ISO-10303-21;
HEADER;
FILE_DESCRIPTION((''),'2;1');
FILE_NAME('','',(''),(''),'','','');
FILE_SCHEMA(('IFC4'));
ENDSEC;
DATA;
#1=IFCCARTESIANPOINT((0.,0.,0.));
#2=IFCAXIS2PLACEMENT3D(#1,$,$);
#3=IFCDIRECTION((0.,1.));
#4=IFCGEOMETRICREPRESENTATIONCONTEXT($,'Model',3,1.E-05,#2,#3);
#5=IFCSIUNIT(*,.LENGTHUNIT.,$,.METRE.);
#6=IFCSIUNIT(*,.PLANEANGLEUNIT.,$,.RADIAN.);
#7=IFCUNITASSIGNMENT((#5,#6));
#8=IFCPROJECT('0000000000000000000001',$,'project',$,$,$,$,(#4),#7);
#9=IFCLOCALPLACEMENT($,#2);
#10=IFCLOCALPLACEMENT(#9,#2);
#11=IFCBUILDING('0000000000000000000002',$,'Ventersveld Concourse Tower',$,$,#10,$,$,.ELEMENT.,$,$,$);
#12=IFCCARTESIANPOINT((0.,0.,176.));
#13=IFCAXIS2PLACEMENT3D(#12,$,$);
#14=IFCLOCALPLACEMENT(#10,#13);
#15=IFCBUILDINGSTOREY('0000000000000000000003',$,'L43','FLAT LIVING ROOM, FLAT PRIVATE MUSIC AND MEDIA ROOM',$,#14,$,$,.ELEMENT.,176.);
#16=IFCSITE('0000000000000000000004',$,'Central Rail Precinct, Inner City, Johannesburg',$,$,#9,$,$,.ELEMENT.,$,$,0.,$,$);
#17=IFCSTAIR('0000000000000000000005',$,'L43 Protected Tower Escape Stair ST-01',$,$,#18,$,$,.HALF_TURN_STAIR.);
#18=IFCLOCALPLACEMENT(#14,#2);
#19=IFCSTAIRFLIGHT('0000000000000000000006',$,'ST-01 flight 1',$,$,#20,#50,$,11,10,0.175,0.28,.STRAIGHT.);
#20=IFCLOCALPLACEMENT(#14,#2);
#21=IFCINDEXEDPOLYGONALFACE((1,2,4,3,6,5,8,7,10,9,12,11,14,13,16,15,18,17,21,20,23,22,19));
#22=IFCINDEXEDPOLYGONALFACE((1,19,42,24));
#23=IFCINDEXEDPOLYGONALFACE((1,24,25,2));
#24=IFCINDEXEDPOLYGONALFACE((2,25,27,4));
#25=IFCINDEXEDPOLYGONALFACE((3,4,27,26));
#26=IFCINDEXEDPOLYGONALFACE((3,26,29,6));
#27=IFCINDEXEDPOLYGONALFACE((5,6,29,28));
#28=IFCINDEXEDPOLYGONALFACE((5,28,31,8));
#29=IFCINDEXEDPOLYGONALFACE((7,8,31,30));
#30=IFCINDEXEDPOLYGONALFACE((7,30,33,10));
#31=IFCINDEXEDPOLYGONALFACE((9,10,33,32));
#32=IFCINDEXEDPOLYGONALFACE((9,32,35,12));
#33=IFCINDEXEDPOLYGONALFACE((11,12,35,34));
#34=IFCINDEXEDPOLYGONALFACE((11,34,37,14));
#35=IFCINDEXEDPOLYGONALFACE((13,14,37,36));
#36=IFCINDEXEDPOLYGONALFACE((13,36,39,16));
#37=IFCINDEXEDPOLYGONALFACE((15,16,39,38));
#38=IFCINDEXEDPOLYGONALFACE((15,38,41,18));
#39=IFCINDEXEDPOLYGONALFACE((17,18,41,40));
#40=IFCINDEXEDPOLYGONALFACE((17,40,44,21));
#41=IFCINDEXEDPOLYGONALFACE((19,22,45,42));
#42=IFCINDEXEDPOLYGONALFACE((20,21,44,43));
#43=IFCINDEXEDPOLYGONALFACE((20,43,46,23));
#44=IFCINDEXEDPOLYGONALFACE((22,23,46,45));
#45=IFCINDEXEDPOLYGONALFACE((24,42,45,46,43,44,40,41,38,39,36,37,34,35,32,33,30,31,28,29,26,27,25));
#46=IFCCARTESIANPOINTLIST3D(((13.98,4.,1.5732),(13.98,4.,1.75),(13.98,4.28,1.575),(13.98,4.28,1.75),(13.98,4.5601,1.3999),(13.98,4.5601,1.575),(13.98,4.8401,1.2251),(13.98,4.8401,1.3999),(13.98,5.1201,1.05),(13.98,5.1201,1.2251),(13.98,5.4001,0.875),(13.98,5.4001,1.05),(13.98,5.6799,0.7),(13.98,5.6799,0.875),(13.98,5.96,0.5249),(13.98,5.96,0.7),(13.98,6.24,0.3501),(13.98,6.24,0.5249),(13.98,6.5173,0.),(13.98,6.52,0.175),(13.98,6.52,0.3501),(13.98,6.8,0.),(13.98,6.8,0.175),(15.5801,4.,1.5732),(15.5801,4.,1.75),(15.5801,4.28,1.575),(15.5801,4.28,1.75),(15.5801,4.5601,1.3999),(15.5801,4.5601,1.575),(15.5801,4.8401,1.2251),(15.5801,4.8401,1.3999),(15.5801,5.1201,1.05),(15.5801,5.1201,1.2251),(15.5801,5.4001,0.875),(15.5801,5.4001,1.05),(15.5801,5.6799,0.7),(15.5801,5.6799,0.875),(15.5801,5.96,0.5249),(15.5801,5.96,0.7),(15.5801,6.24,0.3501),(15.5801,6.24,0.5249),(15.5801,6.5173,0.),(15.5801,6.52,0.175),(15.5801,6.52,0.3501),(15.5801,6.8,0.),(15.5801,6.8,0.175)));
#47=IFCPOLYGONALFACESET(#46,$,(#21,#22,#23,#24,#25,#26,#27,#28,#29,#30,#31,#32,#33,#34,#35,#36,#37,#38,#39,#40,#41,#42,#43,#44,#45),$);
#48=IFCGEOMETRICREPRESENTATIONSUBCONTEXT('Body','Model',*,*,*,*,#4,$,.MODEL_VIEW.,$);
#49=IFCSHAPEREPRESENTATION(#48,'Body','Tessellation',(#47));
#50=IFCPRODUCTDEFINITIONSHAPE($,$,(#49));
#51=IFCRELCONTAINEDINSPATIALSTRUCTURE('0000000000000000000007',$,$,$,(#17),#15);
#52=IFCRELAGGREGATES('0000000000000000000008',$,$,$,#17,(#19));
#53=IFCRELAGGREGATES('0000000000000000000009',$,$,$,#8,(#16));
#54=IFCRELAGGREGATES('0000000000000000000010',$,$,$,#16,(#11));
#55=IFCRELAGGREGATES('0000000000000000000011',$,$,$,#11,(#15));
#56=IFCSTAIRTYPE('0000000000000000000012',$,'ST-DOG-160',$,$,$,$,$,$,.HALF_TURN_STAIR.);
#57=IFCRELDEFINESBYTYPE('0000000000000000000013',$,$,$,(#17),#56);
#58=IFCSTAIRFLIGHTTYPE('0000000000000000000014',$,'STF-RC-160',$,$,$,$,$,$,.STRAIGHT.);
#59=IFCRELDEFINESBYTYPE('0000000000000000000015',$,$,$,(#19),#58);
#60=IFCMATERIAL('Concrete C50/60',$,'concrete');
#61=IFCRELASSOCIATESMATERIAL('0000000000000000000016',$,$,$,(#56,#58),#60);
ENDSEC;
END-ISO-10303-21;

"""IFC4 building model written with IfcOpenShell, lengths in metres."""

from ifc_helpers import new_model, si_unit, direction, frame, origin, place, context, subcontext, project, spatial, polyline, outline, extrude, material, type_object, element, aggregate, save


model = new_model("IFC4")

# Units and contexts
model_context = context("Model", 3, precision=1e-05, world=origin(), true_north=direction((0.0, 1.0)))
body_context = subcontext(model_context, "Body", "Model", "MODEL_VIEW")
ifc_project = project(units=[si_unit("LENGTHUNIT", "METRE"), si_unit("PLANEANGLEUNIT", "RADIAN")], contexts=[model_context])

# Site, building, storey
site_placement = place(None, origin())
site = spatial("IfcSite", under=ifc_project, at=site_placement, Name="Central Rail Precinct, Inner City, Johannesburg", CompositionType="ELEMENT", RefElevation=0.0)
building_placement = place(site_placement, origin())
building = spatial("IfcBuilding", under=site, at=building_placement, Name="Ventersveld Concourse Tower", CompositionType="ELEMENT")
storey_placement = place(building_placement, frame((0.0, 0.0, 176.0)))
storey = spatial("IfcBuildingStorey", under=building, at=storey_placement, Name="L43", Description="FLAT LIVING ROOM, FLAT PRIVATE MUSIC AND MEDIA ROOM", CompositionType="ELEMENT", Elevation=176.0)

# Stair, stair flight
ifc_material_1 = material(Name="Concrete C50/60", Category="concrete")
stair_type = type_object("IfcStairType", Name="ST-DOG-160", PredefinedType="HALF_TURN_STAIR", material=ifc_material_1)
stair_placement = place(storey_placement, origin())
stair = element("IfcStair", 1, at=stair_placement, inside=storey, type_object=stair_type, Name="L43 Protected Tower Escape Stair ST-01", PredefinedType="HALF_TURN_STAIR")
stair_flight_type = type_object("IfcStairFlightType", Name="STF-RC-160", PredefinedType="STRAIGHT", material=ifc_material_1)
stair_flight_placement = place(storey_placement, frame((14.78, 6.8, 0.0), z_axis=(0.0, 0.0, 1.0), x_axis=(0.0, -1.0, 0.0)))
stair_flight = element("IfcStairFlight", 2, at=stair_flight_placement, type_object=stair_flight_type, Name="ST-01 flight 1", NumberOfRisers=11, NumberOfTreads=10, PredefinedType="STRAIGHT", RiserHeight=0.175, TreadLength=0.28, context=body_context, shape_type="SweptSolid", body=[
    extrude(outline(polyline([(0.0, 0.0), (0.0, 0.175), (0.28, 0.175), (0.28, 0.3501), (0.5601, 0.3501), (0.5601, 0.5249), (0.8401, 0.5249), (0.8401, 0.7), (1.1201, 0.7), (1.1201, 0.875), (1.3999, 0.875), (1.3999, 1.05), (1.6799, 1.05), (1.6799, 1.2251), (1.96, 1.2251), (1.96, 1.3999), (2.24, 1.3999), (2.24, 1.575), (2.52, 1.575), (2.52, 1.75), (2.8, 1.75), (2.8, 1.925), (2.8, 1.5732), (0.2827, 0.0), (0.0, 0.0)])), frame((0.0, 0.8, 0.0), z_axis=(0.0, -1.0, 0.0), x_axis=(1.0, 0.0, 0.0)), (0.0, 0.0, 1.0), 1.6001),
])
aggregate(stair, [stair_flight])

save(model, "model.ifc")
